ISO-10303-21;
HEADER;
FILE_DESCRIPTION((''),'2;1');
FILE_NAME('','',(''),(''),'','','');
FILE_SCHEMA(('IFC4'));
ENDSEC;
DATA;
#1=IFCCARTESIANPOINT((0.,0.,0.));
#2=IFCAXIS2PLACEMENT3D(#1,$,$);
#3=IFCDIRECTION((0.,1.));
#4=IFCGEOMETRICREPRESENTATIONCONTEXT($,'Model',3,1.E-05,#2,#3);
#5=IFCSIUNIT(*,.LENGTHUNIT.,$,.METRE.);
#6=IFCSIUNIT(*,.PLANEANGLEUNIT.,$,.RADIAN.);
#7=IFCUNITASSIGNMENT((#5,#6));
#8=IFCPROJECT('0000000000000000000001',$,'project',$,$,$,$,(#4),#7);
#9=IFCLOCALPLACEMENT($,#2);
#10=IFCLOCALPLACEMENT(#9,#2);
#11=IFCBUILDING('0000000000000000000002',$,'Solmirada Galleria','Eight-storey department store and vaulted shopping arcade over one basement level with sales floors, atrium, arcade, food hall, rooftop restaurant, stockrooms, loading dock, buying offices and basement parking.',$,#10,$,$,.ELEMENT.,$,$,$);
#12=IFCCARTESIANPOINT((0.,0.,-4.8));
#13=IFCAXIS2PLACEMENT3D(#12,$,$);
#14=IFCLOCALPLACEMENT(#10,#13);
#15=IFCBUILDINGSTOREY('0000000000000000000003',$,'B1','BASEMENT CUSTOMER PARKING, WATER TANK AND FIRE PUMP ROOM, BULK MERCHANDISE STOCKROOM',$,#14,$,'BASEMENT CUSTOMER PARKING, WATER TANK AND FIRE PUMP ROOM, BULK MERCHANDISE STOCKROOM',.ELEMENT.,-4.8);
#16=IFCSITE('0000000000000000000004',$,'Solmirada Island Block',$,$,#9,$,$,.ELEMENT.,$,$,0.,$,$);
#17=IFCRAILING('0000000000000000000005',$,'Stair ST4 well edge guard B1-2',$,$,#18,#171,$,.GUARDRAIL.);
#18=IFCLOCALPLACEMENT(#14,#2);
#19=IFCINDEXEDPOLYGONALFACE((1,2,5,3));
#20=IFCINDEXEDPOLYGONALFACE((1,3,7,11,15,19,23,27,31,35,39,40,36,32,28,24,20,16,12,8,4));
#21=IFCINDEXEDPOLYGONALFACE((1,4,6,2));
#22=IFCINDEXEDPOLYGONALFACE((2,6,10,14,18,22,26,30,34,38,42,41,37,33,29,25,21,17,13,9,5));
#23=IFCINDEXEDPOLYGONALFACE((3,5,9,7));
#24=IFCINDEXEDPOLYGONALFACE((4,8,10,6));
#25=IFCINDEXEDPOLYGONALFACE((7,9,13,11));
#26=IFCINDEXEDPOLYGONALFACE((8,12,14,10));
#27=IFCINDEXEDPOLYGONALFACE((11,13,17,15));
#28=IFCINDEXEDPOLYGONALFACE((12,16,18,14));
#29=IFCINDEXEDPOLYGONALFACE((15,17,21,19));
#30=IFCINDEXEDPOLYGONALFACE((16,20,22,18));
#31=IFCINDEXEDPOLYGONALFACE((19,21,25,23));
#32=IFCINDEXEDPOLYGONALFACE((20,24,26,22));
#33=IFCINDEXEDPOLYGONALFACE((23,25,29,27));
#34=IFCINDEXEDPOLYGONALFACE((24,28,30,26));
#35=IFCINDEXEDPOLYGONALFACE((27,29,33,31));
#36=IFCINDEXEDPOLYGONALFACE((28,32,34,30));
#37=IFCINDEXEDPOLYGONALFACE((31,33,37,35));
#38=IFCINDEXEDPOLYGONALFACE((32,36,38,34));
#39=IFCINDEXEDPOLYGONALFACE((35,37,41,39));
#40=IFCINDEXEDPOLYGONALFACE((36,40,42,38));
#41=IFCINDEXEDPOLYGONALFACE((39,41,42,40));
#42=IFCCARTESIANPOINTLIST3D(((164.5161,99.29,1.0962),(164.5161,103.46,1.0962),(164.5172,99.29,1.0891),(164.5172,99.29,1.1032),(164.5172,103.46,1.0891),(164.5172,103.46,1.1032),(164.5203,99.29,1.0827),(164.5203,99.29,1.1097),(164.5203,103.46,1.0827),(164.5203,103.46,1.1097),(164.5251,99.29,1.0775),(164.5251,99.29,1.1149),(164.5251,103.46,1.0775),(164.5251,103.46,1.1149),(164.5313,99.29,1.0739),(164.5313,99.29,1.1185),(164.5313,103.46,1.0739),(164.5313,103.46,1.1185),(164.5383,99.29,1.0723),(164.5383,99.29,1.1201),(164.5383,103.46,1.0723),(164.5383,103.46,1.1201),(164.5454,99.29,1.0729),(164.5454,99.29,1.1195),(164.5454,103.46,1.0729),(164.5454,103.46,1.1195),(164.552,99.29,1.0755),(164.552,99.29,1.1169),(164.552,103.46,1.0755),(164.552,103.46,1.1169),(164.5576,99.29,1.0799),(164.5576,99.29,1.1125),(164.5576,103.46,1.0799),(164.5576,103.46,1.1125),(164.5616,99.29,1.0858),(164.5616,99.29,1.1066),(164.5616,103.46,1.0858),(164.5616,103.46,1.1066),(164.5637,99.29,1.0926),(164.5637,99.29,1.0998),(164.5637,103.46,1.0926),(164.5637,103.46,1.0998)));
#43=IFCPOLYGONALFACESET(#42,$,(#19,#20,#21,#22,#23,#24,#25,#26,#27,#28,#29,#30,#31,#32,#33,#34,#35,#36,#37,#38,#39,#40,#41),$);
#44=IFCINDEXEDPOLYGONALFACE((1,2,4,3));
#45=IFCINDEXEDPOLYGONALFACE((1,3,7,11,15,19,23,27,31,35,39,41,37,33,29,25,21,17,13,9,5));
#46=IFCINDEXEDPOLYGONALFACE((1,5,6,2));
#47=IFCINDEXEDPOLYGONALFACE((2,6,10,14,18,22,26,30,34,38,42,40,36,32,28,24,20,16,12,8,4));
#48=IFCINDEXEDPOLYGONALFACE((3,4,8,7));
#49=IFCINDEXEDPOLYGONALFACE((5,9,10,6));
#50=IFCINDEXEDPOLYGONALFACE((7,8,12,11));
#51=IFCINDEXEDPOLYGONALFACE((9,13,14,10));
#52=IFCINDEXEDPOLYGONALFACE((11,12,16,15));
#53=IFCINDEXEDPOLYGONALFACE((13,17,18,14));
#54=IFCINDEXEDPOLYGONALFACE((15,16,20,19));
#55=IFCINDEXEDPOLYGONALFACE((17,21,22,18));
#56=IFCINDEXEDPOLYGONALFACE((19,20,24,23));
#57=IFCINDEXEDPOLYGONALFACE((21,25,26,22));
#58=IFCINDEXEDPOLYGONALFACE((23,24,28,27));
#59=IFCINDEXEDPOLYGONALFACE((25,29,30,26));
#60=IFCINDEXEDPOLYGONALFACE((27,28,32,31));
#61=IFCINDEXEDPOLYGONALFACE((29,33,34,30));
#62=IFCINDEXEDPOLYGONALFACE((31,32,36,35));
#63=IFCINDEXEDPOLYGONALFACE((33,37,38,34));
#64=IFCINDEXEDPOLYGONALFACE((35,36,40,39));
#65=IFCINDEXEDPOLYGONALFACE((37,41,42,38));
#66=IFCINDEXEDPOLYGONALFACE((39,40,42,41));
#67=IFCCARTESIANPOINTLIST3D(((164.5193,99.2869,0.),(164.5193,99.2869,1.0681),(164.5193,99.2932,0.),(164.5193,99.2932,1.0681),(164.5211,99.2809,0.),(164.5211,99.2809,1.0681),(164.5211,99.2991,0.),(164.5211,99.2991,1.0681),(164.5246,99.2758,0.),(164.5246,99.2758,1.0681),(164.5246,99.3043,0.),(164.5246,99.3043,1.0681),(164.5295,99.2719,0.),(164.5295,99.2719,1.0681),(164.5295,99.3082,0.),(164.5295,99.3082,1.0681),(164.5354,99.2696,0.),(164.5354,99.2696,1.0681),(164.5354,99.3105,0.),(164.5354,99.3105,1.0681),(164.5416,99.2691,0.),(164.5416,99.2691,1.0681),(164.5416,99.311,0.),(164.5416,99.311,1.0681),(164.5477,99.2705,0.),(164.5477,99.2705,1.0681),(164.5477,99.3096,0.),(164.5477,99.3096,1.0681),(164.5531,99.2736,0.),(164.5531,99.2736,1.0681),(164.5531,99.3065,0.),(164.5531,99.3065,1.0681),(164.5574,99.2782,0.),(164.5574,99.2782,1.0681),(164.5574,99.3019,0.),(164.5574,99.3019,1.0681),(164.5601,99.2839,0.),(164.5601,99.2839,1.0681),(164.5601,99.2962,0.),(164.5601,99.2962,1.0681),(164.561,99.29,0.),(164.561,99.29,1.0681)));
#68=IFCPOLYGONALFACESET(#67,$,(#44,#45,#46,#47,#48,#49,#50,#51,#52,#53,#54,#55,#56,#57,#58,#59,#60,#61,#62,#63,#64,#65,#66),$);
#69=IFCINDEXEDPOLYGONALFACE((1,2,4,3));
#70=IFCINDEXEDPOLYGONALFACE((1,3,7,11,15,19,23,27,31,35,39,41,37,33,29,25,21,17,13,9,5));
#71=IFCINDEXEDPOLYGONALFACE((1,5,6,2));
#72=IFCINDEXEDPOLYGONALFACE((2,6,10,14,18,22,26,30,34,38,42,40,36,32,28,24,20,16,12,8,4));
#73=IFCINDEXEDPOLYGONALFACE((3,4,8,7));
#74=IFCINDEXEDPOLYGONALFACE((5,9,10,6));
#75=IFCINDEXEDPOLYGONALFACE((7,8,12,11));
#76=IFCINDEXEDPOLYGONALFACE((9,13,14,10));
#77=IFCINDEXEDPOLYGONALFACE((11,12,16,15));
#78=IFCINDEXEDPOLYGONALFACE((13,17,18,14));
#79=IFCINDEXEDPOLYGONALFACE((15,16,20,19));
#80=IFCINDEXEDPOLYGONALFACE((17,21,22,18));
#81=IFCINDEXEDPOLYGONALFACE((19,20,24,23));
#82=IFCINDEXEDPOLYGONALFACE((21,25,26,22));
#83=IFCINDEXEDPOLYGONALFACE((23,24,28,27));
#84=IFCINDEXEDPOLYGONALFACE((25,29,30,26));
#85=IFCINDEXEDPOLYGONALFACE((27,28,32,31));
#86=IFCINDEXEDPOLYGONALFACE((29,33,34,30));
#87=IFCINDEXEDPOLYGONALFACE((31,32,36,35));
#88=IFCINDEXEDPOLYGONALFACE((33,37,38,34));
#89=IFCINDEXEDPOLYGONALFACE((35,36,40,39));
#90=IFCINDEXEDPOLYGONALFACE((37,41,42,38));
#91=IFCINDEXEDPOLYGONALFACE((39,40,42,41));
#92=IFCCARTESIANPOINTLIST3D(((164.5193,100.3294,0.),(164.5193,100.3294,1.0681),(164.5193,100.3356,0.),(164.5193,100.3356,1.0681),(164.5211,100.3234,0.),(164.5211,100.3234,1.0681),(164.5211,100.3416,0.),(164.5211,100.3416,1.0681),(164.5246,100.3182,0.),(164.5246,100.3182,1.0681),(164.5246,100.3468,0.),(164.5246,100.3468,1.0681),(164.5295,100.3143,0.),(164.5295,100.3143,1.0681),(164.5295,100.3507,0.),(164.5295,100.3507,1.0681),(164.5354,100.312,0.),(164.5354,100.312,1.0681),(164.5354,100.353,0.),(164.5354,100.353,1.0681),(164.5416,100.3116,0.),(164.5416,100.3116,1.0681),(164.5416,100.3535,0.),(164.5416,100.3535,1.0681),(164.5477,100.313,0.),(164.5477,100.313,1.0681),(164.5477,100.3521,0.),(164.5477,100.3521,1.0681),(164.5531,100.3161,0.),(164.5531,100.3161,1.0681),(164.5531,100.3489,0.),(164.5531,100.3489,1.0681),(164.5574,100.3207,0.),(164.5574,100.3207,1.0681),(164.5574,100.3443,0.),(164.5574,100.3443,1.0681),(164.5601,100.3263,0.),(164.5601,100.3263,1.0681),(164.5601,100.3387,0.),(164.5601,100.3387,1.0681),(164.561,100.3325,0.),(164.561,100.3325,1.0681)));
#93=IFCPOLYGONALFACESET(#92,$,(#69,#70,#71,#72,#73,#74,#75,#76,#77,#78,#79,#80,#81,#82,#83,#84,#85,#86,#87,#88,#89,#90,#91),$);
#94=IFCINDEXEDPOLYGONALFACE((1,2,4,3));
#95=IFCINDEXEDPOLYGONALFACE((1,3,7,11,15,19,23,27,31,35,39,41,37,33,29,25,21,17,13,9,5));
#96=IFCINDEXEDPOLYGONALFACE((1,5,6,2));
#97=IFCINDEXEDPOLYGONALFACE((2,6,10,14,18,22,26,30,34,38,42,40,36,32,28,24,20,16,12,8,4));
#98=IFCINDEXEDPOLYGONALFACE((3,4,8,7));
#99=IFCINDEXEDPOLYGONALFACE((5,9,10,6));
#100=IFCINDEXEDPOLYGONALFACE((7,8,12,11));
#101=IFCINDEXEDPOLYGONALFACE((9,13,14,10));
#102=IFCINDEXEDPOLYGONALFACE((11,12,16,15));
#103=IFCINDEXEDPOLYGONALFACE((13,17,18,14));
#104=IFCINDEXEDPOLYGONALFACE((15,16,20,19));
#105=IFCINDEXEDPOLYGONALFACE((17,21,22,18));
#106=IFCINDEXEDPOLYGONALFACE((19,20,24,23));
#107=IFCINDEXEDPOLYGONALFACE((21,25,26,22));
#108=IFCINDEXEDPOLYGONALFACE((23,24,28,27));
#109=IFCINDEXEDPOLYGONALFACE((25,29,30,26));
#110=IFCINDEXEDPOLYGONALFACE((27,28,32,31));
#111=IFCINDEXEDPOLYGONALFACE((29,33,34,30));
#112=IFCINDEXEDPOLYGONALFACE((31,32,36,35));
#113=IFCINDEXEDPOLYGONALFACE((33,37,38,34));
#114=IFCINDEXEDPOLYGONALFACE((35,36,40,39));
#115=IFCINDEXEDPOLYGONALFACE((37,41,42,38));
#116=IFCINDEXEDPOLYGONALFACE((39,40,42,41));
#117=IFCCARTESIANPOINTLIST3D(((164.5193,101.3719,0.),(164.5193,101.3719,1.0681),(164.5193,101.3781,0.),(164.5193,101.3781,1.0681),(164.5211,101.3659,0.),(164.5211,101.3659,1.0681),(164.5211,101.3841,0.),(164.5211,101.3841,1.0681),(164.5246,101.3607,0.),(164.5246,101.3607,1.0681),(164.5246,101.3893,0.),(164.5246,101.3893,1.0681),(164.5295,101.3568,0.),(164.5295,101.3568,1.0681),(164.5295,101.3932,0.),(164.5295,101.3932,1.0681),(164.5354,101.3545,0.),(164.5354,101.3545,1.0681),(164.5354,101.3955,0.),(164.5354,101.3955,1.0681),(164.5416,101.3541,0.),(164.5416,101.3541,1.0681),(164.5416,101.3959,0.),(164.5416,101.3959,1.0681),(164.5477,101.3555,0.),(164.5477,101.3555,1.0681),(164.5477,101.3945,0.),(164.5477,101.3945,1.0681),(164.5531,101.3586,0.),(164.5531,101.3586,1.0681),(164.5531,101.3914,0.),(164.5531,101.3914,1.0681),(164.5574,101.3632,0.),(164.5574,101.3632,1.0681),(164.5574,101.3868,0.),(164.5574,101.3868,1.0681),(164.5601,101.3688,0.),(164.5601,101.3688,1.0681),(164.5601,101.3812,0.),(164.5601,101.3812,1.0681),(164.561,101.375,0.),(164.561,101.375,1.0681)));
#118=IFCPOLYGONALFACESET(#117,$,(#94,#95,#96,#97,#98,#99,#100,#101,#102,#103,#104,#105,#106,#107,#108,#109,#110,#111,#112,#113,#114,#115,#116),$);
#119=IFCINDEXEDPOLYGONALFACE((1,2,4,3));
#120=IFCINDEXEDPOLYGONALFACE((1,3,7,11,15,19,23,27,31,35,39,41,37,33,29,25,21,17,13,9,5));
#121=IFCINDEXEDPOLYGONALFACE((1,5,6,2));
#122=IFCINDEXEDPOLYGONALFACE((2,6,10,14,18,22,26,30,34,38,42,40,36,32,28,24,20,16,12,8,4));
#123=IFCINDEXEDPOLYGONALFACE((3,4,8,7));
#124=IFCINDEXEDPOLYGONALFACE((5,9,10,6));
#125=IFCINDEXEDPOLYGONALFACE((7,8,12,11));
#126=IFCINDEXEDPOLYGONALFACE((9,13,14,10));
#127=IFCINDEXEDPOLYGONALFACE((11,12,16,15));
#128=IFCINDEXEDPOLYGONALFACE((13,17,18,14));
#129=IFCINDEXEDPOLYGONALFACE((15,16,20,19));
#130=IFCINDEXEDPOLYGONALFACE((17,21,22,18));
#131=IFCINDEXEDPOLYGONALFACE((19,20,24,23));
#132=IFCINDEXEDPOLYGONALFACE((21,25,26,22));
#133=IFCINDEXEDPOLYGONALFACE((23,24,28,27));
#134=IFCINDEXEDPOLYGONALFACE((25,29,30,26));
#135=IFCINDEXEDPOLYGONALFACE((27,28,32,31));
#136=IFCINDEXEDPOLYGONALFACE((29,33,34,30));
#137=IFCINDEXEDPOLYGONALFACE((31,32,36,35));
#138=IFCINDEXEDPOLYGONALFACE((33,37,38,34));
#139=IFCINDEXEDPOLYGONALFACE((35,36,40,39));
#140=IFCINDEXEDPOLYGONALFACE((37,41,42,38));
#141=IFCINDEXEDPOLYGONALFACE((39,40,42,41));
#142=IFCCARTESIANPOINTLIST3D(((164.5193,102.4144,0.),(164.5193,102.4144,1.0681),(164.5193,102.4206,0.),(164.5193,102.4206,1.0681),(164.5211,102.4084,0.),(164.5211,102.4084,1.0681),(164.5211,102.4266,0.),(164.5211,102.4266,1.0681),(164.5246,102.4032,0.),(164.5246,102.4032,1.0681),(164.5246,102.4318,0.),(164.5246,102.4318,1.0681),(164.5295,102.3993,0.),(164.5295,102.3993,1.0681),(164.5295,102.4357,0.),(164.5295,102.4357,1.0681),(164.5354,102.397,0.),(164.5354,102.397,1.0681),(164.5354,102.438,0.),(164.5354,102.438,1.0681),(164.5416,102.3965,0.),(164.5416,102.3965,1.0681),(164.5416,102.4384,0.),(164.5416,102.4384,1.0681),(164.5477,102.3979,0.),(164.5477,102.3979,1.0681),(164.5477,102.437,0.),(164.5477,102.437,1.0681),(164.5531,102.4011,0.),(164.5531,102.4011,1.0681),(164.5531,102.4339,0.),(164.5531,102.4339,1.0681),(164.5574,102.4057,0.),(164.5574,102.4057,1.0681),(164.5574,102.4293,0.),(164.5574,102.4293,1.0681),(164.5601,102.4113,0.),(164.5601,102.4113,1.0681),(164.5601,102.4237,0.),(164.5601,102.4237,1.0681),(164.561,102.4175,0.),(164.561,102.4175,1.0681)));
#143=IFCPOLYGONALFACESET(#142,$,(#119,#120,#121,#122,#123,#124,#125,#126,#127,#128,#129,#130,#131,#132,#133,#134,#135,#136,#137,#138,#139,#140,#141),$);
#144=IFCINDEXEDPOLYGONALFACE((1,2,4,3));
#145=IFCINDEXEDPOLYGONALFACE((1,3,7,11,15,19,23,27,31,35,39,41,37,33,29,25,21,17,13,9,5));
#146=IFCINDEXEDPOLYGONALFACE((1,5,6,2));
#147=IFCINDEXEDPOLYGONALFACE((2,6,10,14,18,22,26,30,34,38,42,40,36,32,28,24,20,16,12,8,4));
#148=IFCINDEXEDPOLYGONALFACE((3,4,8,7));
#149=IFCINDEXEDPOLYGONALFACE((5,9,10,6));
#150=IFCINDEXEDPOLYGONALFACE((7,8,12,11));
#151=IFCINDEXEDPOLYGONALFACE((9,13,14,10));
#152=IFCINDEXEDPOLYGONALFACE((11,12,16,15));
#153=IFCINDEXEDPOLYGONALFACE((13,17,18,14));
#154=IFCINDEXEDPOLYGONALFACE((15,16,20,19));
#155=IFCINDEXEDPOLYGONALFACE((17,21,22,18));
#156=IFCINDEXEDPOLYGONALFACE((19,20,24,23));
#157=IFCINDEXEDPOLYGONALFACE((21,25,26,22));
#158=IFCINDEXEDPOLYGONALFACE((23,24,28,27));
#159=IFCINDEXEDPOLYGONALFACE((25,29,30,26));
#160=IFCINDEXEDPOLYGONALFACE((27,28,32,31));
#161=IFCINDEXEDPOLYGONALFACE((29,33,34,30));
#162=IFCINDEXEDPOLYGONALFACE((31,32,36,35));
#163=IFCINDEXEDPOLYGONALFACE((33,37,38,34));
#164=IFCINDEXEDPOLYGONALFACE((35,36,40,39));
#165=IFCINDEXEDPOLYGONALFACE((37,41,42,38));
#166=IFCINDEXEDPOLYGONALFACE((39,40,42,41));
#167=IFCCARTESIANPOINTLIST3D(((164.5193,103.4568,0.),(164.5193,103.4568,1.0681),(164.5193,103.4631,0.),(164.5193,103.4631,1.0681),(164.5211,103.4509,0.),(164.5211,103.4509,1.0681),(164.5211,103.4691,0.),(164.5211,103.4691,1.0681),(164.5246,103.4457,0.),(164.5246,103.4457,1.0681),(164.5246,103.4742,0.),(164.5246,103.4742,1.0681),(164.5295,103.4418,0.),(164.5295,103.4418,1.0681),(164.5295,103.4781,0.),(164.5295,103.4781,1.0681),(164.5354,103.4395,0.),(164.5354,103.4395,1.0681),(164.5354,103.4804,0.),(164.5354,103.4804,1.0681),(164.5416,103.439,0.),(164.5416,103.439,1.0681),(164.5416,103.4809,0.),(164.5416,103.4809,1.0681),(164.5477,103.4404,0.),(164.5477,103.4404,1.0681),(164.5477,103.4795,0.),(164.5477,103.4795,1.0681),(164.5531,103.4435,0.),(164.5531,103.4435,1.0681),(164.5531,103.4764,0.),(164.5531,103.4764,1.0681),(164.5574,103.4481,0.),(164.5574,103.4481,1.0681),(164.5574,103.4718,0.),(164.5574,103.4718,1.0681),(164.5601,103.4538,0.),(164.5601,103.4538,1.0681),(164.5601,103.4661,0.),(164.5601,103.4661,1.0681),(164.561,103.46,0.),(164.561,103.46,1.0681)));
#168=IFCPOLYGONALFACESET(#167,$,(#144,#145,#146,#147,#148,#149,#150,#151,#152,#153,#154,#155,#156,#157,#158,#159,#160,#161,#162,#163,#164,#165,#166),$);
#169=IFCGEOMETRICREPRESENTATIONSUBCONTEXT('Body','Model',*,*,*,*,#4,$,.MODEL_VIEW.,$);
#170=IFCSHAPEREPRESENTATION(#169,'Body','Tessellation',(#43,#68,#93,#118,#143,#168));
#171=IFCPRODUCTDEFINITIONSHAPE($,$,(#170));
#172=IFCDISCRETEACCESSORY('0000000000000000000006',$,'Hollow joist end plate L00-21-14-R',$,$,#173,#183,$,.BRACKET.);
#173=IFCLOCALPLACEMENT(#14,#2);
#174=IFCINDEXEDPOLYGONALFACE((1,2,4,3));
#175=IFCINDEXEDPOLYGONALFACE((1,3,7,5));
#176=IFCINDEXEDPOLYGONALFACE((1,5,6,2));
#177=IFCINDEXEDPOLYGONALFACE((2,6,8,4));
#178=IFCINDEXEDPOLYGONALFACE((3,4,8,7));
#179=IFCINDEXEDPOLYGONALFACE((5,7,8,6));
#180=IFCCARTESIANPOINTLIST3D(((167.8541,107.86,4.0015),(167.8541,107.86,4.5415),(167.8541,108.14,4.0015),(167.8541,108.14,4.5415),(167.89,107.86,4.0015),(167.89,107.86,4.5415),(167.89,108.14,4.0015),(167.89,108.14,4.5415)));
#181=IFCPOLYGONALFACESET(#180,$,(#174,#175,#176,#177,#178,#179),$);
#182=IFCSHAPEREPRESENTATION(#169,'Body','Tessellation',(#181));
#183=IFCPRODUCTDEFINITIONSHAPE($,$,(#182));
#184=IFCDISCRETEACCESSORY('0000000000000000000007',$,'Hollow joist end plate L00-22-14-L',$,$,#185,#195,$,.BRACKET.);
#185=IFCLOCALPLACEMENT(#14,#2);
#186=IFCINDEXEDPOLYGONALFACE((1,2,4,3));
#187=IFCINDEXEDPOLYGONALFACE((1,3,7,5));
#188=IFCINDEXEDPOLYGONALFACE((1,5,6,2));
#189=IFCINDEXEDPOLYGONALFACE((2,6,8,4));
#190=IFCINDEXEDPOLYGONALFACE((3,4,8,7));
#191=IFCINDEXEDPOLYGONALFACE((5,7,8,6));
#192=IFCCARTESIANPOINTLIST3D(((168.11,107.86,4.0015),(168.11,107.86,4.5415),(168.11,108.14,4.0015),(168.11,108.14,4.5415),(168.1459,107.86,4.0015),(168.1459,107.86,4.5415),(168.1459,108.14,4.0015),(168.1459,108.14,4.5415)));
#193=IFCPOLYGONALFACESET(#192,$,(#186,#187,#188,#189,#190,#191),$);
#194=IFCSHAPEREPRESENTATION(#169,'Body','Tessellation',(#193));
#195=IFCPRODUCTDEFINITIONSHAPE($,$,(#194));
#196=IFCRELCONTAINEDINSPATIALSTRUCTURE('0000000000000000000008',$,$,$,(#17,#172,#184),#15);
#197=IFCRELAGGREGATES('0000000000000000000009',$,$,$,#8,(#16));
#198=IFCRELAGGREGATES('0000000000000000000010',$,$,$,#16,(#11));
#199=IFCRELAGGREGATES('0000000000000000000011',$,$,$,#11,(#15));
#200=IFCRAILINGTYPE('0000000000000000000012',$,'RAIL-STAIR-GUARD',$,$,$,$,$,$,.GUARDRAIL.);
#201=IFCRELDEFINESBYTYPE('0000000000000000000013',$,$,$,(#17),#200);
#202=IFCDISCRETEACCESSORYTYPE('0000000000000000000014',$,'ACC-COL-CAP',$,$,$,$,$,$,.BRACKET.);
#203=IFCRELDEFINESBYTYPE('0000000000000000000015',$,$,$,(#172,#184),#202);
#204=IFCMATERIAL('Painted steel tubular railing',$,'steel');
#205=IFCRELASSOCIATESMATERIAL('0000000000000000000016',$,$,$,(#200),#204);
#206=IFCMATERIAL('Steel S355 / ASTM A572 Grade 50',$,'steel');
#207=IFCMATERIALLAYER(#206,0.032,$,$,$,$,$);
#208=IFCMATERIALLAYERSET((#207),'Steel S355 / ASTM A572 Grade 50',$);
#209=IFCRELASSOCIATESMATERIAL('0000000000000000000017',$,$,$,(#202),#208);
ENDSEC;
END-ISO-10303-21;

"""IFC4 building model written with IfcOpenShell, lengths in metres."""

from ifc_helpers import new_model, si_unit, direction, frame, origin, origin_2d, place, context, subcontext, project, spatial, rectangle, circle, extrude, material, layer, layer_set, type_object, element, save


model = new_model("IFC4")

# Units and contexts
model_context = context("Model", 3, precision=1e-05, world=origin(), true_north=direction((0.0, 1.0)))
body_context = subcontext(model_context, "Body", "Model", "MODEL_VIEW")
ifc_project = project(units=[si_unit("LENGTHUNIT", "METRE"), si_unit("PLANEANGLEUNIT", "RADIAN")], contexts=[model_context])

# Site, building, storey
site_placement = place(None, origin())
site = spatial("IfcSite", under=ifc_project, at=site_placement, Name="Solmirada Island Block", CompositionType="ELEMENT", RefElevation=0.0)
building_placement = place(site_placement, origin())
building = spatial("IfcBuilding", under=site, at=building_placement, Name="Solmirada Galleria", Description="Eight-storey department store and vaulted shopping arcade over one basement level with sales floors, atrium, arcade, food hall, rooftop restaurant, stockrooms, loading dock, buying offices and basement parking.", CompositionType="ELEMENT")
storey_placement = place(building_placement, frame((0.0, 0.0, -4.8)))
storey = spatial("IfcBuildingStorey", under=building, at=storey_placement, Name="B1", Description="BASEMENT CUSTOMER PARKING, WATER TANK AND FIRE PUMP ROOM, BULK MERCHANDISE STOCKROOM", LongName="BASEMENT CUSTOMER PARKING, WATER TANK AND FIRE PUMP ROOM, BULK MERCHANDISE STOCKROOM", CompositionType="ELEMENT", Elevation=-4.8)

# Railing
ifc_material_1 = material(Name="Painted steel tubular railing", Category="steel")
railing_type = type_object("IfcRailingType", Name="RAIL-STAIR-GUARD", PredefinedType="GUARDRAIL", material=ifc_material_1)
railing_1_placement = place(storey_placement, frame((164.54, 99.29, 0.0)))
element("IfcRailing", 1, at=railing_1_placement, inside=storey, type_object=railing_type, Name="Stair ST4 well edge guard B1-2", PredefinedType="GUARDRAIL", context=body_context, shape_type="SweptSolid", body=[
    extrude(circle(Radius=0.0239, at=origin_2d()), frame((0.0, 0.0, 1.0962), z_axis=(0.0, 1.0, 0.0), x_axis=(-1.0, 0.0, 0.0)), (0.0, 0.0, 1.0), 4.1699),
    extrude(circle(Radius=0.021, at=origin_2d()), origin(), (0.0, 0.0, 1.0), 1.0681),
    extrude(circle(Radius=0.021, at=origin_2d()), frame((0.0, 1.0425, 0.0)), (0.0, 0.0, 1.0), 1.0681),
    extrude(circle(Radius=0.021, at=origin_2d()), frame((0.0, 2.085, 0.0)), (0.0, 0.0, 1.0), 1.0681),
    extrude(circle(Radius=0.021, at=origin_2d()), frame((0.0, 3.1274, 0.0)), (0.0, 0.0, 1.0), 1.0681),
    extrude(circle(Radius=0.021, at=origin_2d()), frame((0.0, 4.1699, 0.0)), (0.0, 0.0, 1.0), 1.0681),
])

# Discrete accessories
ifc_material_2 = material(Name="Steel S355 / ASTM A572 Grade 50", Category="steel")
ifc_layer_1 = layer(ifc_material_2, 0.032)
ifc_layer_set_1 = layer_set([ifc_layer_1], Name="Steel S355 / ASTM A572 Grade 50")
discrete_accessory_type = type_object("IfcDiscreteAccessoryType", Name="ACC-COL-CAP", PredefinedType="BRACKET", material=ifc_layer_set_1)
for number, where, z_axis, x_axis, name in (
    (2, (167.8721, 108.0, 4.0015), (0.0, 0.0, 1.0), (1.0, 0.0, 0.0), "Hollow joist end plate L00-21-14-R"),
    (3, (168.1279, 108.0, 4.0015), (0.0, 0.0, 1.0), (1.0, 0.0, 0.0), "Hollow joist end plate L00-22-14-L"),
):
    element("IfcDiscreteAccessory", number, at=place(storey_placement, frame(where, z_axis=z_axis, x_axis=x_axis)), inside=storey, type_object=discrete_accessory_type, Name=name, PredefinedType="BRACKET", context=body_context, shape_type="SweptSolid", body=[
        extrude(rectangle(XDim=0.0359, YDim=0.28, at=origin_2d()), origin(), (0.0, 0.0, 1.0), 0.54),
    ])

save(model, "model.ifc")
